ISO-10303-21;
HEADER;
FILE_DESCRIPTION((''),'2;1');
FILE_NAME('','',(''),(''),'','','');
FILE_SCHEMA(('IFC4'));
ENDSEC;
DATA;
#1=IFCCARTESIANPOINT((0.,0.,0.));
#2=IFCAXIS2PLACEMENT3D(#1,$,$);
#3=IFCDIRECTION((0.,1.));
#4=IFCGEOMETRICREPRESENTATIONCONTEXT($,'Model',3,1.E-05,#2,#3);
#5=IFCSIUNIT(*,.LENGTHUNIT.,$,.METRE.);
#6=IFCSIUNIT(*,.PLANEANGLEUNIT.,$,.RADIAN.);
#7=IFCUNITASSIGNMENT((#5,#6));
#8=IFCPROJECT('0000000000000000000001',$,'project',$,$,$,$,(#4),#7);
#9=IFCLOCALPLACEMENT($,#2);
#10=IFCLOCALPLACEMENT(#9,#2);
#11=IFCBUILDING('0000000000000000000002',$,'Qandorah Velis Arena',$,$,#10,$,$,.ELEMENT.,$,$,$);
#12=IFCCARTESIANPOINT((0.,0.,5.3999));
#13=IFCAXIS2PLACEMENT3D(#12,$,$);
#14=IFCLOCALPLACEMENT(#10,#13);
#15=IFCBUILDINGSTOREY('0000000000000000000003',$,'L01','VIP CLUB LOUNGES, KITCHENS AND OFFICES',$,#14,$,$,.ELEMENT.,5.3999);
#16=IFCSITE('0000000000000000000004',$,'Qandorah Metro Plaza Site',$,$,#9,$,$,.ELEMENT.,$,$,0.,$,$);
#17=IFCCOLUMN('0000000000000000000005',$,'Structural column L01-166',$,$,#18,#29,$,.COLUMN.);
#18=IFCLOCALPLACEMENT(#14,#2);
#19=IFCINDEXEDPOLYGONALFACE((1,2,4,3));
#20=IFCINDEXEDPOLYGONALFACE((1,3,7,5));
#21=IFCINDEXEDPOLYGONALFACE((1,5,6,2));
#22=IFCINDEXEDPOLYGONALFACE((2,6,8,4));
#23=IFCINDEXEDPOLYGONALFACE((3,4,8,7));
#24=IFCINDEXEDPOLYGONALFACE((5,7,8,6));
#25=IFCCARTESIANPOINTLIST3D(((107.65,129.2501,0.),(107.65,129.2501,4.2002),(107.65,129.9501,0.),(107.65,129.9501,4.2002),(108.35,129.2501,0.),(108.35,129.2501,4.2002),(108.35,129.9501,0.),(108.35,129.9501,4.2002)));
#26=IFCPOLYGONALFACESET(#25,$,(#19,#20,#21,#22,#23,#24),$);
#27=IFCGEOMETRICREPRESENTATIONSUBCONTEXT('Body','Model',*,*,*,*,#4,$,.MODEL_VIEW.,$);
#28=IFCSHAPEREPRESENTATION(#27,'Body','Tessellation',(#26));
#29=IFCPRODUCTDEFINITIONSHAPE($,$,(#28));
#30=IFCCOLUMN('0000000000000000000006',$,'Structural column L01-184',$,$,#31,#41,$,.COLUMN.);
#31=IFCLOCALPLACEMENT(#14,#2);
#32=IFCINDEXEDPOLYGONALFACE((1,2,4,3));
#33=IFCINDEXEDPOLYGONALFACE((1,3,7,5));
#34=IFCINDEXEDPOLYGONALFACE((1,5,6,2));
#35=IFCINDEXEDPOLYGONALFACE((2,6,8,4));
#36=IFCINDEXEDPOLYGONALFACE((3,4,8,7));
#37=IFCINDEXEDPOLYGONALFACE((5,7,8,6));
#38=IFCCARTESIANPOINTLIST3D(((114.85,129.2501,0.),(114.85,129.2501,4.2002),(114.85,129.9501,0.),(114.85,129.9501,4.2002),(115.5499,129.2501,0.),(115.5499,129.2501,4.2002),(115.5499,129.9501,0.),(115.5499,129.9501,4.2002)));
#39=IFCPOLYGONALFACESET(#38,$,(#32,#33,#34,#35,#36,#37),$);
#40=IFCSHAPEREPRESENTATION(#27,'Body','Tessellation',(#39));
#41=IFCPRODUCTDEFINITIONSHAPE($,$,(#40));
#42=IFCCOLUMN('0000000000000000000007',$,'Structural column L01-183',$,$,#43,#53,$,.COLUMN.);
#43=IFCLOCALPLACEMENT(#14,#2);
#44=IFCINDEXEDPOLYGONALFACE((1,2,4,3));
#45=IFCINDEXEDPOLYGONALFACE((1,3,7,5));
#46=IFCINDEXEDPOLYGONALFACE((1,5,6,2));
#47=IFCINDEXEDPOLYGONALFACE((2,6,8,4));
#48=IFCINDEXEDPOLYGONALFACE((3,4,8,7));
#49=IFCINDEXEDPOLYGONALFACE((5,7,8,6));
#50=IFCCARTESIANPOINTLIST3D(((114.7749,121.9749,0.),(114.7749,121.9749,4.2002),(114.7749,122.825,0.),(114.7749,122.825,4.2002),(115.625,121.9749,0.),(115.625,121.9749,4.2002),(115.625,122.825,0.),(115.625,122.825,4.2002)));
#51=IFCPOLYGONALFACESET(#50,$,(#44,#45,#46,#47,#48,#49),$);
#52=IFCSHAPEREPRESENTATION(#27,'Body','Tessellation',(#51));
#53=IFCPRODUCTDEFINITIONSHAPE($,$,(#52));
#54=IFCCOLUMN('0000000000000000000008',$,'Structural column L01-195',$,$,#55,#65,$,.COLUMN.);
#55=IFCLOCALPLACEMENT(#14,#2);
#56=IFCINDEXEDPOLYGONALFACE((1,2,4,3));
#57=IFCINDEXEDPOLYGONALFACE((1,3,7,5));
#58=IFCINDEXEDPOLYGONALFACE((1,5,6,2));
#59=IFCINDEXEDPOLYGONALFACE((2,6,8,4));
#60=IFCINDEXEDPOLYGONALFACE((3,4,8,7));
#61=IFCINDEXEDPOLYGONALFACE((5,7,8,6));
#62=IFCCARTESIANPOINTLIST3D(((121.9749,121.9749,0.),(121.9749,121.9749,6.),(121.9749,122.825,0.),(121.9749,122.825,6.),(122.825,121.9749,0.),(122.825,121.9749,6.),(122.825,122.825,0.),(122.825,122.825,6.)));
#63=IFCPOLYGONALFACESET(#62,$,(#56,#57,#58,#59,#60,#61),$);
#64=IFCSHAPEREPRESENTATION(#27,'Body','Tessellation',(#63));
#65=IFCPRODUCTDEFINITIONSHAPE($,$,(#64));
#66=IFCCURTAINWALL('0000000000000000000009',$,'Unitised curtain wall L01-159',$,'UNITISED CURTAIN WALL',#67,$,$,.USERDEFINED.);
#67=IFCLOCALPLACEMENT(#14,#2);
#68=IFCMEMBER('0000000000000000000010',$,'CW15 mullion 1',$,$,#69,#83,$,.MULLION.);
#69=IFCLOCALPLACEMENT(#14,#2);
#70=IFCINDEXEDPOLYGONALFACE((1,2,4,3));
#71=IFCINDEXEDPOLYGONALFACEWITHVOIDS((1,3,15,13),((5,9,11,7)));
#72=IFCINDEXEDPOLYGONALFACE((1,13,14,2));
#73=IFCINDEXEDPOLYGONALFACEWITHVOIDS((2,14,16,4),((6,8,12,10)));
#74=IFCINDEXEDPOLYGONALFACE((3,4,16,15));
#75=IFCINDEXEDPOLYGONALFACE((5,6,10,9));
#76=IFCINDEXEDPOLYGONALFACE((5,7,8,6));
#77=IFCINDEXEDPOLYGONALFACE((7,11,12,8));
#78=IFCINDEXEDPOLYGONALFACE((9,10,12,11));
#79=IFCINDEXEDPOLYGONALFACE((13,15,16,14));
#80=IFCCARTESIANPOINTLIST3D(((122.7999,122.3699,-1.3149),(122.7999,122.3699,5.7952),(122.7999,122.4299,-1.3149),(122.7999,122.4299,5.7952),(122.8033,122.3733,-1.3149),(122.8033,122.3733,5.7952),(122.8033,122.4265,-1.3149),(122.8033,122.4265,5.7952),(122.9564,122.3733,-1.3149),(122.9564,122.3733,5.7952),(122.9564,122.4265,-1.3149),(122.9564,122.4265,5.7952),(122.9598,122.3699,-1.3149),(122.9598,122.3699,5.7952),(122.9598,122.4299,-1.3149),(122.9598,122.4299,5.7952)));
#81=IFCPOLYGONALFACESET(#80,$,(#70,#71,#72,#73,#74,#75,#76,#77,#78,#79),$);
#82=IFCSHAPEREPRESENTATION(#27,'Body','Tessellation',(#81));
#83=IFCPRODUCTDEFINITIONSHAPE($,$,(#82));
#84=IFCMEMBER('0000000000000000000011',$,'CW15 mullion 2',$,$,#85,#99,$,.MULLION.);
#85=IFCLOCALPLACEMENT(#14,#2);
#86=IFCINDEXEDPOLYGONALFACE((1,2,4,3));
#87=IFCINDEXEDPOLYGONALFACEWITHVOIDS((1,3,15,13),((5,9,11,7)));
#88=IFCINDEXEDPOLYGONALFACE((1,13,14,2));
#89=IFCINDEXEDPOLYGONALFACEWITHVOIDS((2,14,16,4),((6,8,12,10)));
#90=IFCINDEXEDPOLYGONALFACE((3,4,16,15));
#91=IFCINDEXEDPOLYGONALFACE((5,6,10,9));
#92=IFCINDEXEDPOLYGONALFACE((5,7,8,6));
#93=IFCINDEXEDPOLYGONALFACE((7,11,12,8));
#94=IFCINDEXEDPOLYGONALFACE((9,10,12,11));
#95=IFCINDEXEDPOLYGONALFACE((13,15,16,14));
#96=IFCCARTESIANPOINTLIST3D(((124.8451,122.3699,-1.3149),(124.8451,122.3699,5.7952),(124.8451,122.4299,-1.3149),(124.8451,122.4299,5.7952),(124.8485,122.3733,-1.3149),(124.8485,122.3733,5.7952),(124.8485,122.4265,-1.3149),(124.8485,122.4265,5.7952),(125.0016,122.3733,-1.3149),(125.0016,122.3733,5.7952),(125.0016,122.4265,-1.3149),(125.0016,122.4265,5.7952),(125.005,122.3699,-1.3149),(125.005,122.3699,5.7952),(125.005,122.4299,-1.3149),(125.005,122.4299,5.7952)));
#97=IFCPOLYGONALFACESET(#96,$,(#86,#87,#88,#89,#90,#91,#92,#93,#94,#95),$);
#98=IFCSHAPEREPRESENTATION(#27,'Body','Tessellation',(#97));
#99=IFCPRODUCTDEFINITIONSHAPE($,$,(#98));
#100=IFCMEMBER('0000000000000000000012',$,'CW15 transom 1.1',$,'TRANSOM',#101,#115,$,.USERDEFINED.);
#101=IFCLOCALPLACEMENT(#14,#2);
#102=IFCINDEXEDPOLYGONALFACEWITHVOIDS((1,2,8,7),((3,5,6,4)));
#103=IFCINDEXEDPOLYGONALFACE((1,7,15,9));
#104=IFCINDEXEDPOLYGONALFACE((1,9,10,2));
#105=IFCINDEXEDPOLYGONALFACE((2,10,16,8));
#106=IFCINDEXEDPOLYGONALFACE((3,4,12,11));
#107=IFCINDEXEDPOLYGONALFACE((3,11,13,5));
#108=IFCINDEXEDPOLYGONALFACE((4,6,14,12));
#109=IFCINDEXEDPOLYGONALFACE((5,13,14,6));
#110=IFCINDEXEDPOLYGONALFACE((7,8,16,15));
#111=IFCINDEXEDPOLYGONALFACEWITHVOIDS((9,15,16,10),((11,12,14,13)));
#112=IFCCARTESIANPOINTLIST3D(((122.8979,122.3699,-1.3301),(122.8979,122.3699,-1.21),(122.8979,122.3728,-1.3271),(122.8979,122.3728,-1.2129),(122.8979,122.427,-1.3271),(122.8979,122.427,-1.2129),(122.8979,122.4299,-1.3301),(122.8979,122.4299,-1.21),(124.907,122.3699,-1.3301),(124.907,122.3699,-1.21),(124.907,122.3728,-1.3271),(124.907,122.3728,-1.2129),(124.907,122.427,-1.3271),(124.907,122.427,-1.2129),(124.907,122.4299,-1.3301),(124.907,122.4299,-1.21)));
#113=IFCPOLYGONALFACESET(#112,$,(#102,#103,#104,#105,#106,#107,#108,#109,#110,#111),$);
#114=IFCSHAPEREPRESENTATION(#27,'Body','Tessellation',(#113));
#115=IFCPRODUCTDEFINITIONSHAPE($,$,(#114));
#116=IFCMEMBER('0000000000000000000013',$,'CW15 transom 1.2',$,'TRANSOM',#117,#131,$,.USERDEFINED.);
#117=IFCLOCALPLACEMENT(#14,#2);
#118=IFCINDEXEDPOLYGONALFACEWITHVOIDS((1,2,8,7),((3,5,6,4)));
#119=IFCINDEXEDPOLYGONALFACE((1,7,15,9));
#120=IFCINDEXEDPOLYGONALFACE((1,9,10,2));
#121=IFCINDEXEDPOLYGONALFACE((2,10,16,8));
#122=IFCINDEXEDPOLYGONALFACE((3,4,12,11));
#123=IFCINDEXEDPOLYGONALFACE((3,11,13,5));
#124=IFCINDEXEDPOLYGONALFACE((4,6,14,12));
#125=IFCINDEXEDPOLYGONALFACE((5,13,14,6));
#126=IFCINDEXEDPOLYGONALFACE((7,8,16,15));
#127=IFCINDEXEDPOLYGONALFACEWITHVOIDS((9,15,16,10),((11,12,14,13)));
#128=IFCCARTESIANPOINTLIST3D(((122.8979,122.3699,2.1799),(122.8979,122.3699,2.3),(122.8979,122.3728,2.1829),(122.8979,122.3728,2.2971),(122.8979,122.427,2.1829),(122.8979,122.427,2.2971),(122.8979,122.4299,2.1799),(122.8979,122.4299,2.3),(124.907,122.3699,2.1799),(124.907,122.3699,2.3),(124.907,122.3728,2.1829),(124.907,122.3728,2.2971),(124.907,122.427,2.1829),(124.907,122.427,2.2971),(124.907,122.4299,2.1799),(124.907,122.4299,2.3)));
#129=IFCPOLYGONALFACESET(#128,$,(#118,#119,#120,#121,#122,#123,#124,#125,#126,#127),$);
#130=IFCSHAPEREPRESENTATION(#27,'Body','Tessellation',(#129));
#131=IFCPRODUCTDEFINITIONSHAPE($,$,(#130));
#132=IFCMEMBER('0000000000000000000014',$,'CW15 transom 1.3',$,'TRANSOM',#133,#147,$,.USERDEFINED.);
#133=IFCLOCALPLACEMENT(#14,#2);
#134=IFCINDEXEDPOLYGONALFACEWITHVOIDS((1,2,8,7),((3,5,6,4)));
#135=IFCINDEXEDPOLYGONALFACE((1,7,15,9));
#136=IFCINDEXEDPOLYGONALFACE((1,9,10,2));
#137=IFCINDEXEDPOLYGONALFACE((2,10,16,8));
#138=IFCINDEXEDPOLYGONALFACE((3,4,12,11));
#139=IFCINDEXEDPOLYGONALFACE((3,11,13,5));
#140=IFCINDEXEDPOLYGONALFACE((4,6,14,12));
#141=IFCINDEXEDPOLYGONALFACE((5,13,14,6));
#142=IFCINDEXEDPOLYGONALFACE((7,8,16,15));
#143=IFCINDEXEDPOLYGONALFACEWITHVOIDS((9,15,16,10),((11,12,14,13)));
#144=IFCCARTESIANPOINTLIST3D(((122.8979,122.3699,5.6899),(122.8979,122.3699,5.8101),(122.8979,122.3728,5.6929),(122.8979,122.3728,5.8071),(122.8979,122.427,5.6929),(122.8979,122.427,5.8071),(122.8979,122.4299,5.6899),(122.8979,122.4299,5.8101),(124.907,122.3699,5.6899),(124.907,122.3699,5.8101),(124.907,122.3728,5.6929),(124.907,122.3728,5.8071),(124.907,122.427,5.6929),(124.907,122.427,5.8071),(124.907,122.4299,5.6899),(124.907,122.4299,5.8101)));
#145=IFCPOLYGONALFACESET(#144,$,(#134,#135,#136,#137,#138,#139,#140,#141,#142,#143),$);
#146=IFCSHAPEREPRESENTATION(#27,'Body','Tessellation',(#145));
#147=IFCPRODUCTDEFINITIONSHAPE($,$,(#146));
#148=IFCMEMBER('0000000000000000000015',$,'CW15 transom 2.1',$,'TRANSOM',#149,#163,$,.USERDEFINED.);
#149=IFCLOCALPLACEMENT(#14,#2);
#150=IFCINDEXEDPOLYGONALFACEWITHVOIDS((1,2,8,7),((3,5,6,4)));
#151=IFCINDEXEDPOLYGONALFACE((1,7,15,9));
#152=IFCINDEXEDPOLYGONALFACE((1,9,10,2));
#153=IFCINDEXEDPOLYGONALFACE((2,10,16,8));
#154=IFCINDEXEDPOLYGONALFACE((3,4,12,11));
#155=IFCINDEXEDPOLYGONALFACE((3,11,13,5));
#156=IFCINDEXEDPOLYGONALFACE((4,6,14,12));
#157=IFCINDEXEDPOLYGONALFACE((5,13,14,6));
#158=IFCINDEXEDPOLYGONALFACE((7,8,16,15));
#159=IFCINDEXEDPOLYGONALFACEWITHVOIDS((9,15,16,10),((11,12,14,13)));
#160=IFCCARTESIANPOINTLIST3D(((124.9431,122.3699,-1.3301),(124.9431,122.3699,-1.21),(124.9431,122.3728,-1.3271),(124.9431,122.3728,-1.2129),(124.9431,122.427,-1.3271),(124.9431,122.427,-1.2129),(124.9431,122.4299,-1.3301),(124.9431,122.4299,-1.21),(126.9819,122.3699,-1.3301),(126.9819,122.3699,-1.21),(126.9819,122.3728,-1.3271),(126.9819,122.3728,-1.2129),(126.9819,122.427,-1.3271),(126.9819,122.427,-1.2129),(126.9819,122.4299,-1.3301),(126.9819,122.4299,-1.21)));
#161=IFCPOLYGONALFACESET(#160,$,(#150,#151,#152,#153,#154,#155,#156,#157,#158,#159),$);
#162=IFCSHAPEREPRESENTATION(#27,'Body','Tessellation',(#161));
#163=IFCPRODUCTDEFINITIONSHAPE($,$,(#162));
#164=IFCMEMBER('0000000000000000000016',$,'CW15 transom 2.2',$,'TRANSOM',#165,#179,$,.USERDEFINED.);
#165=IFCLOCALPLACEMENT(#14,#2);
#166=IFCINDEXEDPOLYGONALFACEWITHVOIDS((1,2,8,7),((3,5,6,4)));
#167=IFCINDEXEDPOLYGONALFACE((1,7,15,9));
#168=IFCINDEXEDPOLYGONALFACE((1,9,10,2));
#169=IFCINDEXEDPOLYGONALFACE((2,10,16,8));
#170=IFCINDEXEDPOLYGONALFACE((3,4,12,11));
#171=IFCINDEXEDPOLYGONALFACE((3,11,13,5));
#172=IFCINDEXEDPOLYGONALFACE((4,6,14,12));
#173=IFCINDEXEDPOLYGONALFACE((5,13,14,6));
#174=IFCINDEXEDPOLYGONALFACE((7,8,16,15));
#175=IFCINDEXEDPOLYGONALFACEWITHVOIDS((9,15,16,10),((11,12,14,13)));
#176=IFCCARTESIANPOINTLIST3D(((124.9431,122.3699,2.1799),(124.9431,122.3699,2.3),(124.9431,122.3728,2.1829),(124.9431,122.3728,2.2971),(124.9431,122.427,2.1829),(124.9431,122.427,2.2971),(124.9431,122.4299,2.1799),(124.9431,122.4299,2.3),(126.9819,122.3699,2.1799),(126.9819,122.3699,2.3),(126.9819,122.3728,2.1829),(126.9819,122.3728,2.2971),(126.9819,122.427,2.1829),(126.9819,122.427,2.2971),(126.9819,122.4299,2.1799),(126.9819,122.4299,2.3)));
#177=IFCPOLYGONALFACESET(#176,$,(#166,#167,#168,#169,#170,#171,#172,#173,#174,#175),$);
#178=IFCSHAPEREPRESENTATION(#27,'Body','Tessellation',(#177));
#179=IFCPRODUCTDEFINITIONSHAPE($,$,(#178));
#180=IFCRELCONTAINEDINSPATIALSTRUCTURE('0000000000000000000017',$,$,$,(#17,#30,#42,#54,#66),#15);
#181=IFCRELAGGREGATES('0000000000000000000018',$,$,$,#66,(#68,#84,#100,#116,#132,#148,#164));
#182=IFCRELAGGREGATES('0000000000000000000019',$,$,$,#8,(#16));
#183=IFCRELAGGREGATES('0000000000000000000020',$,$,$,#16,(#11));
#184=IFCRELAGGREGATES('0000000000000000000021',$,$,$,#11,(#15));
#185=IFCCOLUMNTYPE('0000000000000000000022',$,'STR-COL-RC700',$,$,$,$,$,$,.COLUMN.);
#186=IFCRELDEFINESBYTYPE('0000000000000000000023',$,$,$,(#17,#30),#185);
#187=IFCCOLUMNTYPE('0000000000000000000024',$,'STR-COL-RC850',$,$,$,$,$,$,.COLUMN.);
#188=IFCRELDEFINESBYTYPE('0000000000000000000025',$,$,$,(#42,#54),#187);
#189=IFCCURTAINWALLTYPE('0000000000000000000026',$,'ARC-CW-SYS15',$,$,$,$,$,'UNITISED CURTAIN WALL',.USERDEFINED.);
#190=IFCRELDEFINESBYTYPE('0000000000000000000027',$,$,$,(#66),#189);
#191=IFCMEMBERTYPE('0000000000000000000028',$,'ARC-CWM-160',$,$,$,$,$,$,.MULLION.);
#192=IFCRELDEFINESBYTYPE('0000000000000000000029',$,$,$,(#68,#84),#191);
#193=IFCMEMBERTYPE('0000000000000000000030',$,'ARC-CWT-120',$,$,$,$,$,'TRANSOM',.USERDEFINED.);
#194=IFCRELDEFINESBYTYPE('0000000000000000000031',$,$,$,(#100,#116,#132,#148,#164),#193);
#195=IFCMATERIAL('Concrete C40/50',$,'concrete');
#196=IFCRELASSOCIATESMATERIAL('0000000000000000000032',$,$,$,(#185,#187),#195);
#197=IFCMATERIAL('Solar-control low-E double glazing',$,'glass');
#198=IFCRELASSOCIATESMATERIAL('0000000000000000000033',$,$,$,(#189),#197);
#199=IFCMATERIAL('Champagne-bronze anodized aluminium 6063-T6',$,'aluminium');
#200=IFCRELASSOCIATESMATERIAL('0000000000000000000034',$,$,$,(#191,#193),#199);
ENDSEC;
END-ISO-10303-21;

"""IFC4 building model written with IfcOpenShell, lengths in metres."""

from ifc_helpers import new_model, si_unit, direction, frame, origin, origin_2d, place, context, subcontext, project, spatial, rectangle, hollow_rectangle, extrude, material, material_profile, profile_set, type_object, element, aggregate, save


model = new_model("IFC4")

# Units and contexts
model_context = context("Model", 3, precision=1e-05, world=origin(), true_north=direction((0.0, 1.0)))
body_context = subcontext(model_context, "Body", "Model", "MODEL_VIEW")
ifc_project = project(units=[si_unit("LENGTHUNIT", "METRE"), si_unit("PLANEANGLEUNIT", "RADIAN")], contexts=[model_context])

# Site, building, storey
site_placement = place(None, origin())
site = spatial("IfcSite", under=ifc_project, at=site_placement, Name="Qandorah Metro Plaza Site", CompositionType="ELEMENT", RefElevation=0.0)
building_placement = place(site_placement, origin())
building = spatial("IfcBuilding", under=site, at=building_placement, Name="Qandorah Velis Arena", CompositionType="ELEMENT")
storey_placement = place(building_placement, frame((0.0, 0.0, 5.3999)))
storey = spatial("IfcBuildingStorey", under=building, at=storey_placement, Name="L01", Description="VIP CLUB LOUNGES, KITCHENS AND OFFICES", CompositionType="ELEMENT", Elevation=5.3999)

# Columns
ifc_material_1 = material(Name="Concrete C40/50", Category="concrete")
ifc_material_profile_1 = material_profile(ifc_material_1, rectangle(XDim=0.7, YDim=0.7, at=origin_2d()), Name="RC COL 700x700")
ifc_profile_set_1 = profile_set([ifc_material_profile_1], Name="Concrete C40/50")
column_type_1 = type_object("IfcColumnType", Name="STR-COL-RC700", PredefinedType="COLUMN", material=ifc_profile_set_1)
for number, where, z_axis, x_axis, name in (
    (1, (108.0, 129.6001, 0.0), (0.0, 0.0, 1.0), (1.0, 0.0, 0.0), "Structural column L01-166"),
    (2, (115.2, 129.6001, 0.0), (0.0, 0.0, 1.0), (1.0, 0.0, 0.0), "Structural column L01-184"),
):
    element("IfcColumn", number, at=place(storey_placement, frame(where, z_axis=z_axis, x_axis=x_axis)), inside=storey, type_object=column_type_1, Name=name, PredefinedType="COLUMN", context=body_context, shape_type="SweptSolid", body=[
        extrude(rectangle(XDim=0.7, YDim=0.7, at=origin_2d()), origin(), (0.0, 0.0, 1.0), 4.2002),
    ])
ifc_material_profile_2 = material_profile(ifc_material_1, rectangle(XDim=0.8501, YDim=0.8501, at=origin_2d()), Name="RC COL 850x850")
ifc_profile_set_2 = profile_set([ifc_material_profile_2], Name="Concrete C40/50")
column_type_2 = type_object("IfcColumnType", Name="STR-COL-RC850", PredefinedType="COLUMN", material=ifc_profile_set_2)
column_1_placement = place(storey_placement, frame((115.2, 122.3999, 0.0), z_axis=(0.0, 0.0, 1.0), x_axis=(1.0, 0.0, 0.0)))
element("IfcColumn", 3, at=column_1_placement, inside=storey, type_object=column_type_2, Name="Structural column L01-183", PredefinedType="COLUMN", context=body_context, shape_type="SweptSolid", body=[
    extrude(rectangle(XDim=0.8501, YDim=0.8501, at=origin_2d()), origin(), (0.0, 0.0, 1.0), 4.2002),
])
column_2_placement = place(storey_placement, frame((122.3999, 122.3999, 0.0), z_axis=(0.0, 0.0, 1.0), x_axis=(1.0, 0.0, 0.0)))
element("IfcColumn", 4, at=column_2_placement, inside=storey, type_object=column_type_2, Name="Structural column L01-195", PredefinedType="COLUMN", context=body_context, shape_type="SweptSolid", body=[
    extrude(rectangle(XDim=0.8501, YDim=0.8501, at=origin_2d()), origin(), (0.0, 0.0, 1.0), 6.0),
])

# Curtain wall, members
ifc_material_2 = material(Name="Solar-control low-E double glazing", Category="glass")
curtain_wall_type = type_object("IfcCurtainWallType", Name="ARC-CW-SYS15", ElementType="UNITISED CURTAIN WALL", PredefinedType="USERDEFINED", material=ifc_material_2)
curtain_wall_placement = place(storey_placement, origin())
curtain_wall = element("IfcCurtainWall", 5, at=curtain_wall_placement, inside=storey, type_object=curtain_wall_type, Name="Unitised curtain wall L01-159", ObjectType="UNITISED CURTAIN WALL", PredefinedType="USERDEFINED")
ifc_material_3 = material(Name="Champagne-bronze anodized aluminium 6063-T6", Category="aluminium")
ifc_material_profile_3 = material_profile(ifc_material_3, hollow_rectangle(XDim=0.0601, YDim=0.1599, WallThickness=0.0034, at=origin_2d()), Name="ALU MULLION 60x160")
ifc_profile_set_3 = profile_set([ifc_material_profile_3], Name="Champagne-bronze anodized aluminium 6063-T6")
member_type_1 = type_object("IfcMemberType", Name="ARC-CWM-160", PredefinedType="MULLION", material=ifc_profile_set_3)
member_1_placement = place(storey_placement, frame((122.8799, 122.3999, -1.3149), z_axis=(0.0, 0.0, 1.0), x_axis=(0.0, 1.0, 0.0)))
member_1 = element("IfcMember", 6, at=member_1_placement, type_object=member_type_1, Name="CW15 mullion 1", PredefinedType="MULLION", context=body_context, shape_type="SweptSolid", body=[
    extrude(hollow_rectangle(XDim=0.0601, YDim=0.1599, WallThickness=0.0034, at=origin_2d()), origin(), (0.0, 0.0, 1.0), 7.1101),
])
member_2_placement = place(storey_placement, frame((124.925, 122.3999, -1.3149), z_axis=(0.0, 0.0, 1.0), x_axis=(0.0, 1.0, 0.0)))
member_2 = element("IfcMember", 7, at=member_2_placement, type_object=member_type_1, Name="CW15 mullion 2", PredefinedType="MULLION", context=body_context, shape_type="SweptSolid", body=[
    extrude(hollow_rectangle(XDim=0.0601, YDim=0.1599, WallThickness=0.0034, at=origin_2d()), origin(), (0.0, 0.0, 1.0), 7.1101),
])
ifc_material_profile_4 = material_profile(ifc_material_3, hollow_rectangle(XDim=0.0601, YDim=0.1201, WallThickness=0.0029, at=origin_2d()), Name="ALU TRANSOM 60x120")
ifc_profile_set_4 = profile_set([ifc_material_profile_4], Name="Champagne-bronze anodized aluminium 6063-T6")
member_type_2 = type_object("IfcMemberType", Name="ARC-CWT-120", ElementType="TRANSOM", PredefinedType="USERDEFINED", material=ifc_profile_set_4)
member_3_placement = place(storey_placement, frame((122.8979, 122.3999, -1.27), z_axis=(1.0, 0.0, 0.0), x_axis=(0.0, 1.0, 0.0)))
member_3 = element("IfcMember", 8, at=member_3_placement, type_object=member_type_2, Name="CW15 transom 1.1", ObjectType="TRANSOM", PredefinedType="USERDEFINED", context=body_context, shape_type="SweptSolid", body=[
    extrude(hollow_rectangle(XDim=0.0601, YDim=0.1201, WallThickness=0.0029, at=origin_2d()), origin(), (0.0, 0.0, 1.0), 2.009),
])
member_4_placement = place(storey_placement, frame((122.8979, 122.3999, 2.24), z_axis=(1.0, 0.0, 0.0), x_axis=(0.0, 1.0, 0.0)))
member_4 = element("IfcMember", 9, at=member_4_placement, type_object=member_type_2, Name="CW15 transom 1.2", ObjectType="TRANSOM", PredefinedType="USERDEFINED", context=body_context, shape_type="SweptSolid", body=[
    extrude(hollow_rectangle(XDim=0.0601, YDim=0.1201, WallThickness=0.0029, at=origin_2d()), origin(), (0.0, 0.0, 1.0), 2.009),
])
member_5_placement = place(storey_placement, frame((122.8979, 122.3999, 5.75), z_axis=(1.0, 0.0, 0.0), x_axis=(0.0, 1.0, 0.0)))
member_5 = element("IfcMember", 10, at=member_5_placement, type_object=member_type_2, Name="CW15 transom 1.3", ObjectType="TRANSOM", PredefinedType="USERDEFINED", context=body_context, shape_type="SweptSolid", body=[
    extrude(hollow_rectangle(XDim=0.0601, YDim=0.1201, WallThickness=0.0029, at=origin_2d()), origin(), (0.0, 0.0, 1.0), 2.009),
])
member_6_placement = place(storey_placement, frame((124.9431, 122.3999, -1.27), z_axis=(1.0, 0.0, 0.0), x_axis=(0.0, 1.0, 0.0)))
member_6 = element("IfcMember", 11, at=member_6_placement, type_object=member_type_2, Name="CW15 transom 2.1", ObjectType="TRANSOM", PredefinedType="USERDEFINED", context=body_context, shape_type="SweptSolid", body=[
    extrude(hollow_rectangle(XDim=0.0601, YDim=0.1201, WallThickness=0.0029, at=origin_2d()), origin(), (0.0, 0.0, 1.0), 2.0388),
])
member_7_placement = place(storey_placement, frame((124.9431, 122.3999, 2.24), z_axis=(1.0, 0.0, 0.0), x_axis=(0.0, 1.0, 0.0)))
member_7 = element("IfcMember", 12, at=member_7_placement, type_object=member_type_2, Name="CW15 transom 2.2", ObjectType="TRANSOM", PredefinedType="USERDEFINED", context=body_context, shape_type="SweptSolid", body=[
    extrude(hollow_rectangle(XDim=0.0601, YDim=0.1201, WallThickness=0.0029, at=origin_2d()), origin(), (0.0, 0.0, 1.0), 2.0388),
])

aggregate(curtain_wall, [member_1, member_2, member_3, member_4, member_5, member_6, member_7])

save(model, "model.ifc")
